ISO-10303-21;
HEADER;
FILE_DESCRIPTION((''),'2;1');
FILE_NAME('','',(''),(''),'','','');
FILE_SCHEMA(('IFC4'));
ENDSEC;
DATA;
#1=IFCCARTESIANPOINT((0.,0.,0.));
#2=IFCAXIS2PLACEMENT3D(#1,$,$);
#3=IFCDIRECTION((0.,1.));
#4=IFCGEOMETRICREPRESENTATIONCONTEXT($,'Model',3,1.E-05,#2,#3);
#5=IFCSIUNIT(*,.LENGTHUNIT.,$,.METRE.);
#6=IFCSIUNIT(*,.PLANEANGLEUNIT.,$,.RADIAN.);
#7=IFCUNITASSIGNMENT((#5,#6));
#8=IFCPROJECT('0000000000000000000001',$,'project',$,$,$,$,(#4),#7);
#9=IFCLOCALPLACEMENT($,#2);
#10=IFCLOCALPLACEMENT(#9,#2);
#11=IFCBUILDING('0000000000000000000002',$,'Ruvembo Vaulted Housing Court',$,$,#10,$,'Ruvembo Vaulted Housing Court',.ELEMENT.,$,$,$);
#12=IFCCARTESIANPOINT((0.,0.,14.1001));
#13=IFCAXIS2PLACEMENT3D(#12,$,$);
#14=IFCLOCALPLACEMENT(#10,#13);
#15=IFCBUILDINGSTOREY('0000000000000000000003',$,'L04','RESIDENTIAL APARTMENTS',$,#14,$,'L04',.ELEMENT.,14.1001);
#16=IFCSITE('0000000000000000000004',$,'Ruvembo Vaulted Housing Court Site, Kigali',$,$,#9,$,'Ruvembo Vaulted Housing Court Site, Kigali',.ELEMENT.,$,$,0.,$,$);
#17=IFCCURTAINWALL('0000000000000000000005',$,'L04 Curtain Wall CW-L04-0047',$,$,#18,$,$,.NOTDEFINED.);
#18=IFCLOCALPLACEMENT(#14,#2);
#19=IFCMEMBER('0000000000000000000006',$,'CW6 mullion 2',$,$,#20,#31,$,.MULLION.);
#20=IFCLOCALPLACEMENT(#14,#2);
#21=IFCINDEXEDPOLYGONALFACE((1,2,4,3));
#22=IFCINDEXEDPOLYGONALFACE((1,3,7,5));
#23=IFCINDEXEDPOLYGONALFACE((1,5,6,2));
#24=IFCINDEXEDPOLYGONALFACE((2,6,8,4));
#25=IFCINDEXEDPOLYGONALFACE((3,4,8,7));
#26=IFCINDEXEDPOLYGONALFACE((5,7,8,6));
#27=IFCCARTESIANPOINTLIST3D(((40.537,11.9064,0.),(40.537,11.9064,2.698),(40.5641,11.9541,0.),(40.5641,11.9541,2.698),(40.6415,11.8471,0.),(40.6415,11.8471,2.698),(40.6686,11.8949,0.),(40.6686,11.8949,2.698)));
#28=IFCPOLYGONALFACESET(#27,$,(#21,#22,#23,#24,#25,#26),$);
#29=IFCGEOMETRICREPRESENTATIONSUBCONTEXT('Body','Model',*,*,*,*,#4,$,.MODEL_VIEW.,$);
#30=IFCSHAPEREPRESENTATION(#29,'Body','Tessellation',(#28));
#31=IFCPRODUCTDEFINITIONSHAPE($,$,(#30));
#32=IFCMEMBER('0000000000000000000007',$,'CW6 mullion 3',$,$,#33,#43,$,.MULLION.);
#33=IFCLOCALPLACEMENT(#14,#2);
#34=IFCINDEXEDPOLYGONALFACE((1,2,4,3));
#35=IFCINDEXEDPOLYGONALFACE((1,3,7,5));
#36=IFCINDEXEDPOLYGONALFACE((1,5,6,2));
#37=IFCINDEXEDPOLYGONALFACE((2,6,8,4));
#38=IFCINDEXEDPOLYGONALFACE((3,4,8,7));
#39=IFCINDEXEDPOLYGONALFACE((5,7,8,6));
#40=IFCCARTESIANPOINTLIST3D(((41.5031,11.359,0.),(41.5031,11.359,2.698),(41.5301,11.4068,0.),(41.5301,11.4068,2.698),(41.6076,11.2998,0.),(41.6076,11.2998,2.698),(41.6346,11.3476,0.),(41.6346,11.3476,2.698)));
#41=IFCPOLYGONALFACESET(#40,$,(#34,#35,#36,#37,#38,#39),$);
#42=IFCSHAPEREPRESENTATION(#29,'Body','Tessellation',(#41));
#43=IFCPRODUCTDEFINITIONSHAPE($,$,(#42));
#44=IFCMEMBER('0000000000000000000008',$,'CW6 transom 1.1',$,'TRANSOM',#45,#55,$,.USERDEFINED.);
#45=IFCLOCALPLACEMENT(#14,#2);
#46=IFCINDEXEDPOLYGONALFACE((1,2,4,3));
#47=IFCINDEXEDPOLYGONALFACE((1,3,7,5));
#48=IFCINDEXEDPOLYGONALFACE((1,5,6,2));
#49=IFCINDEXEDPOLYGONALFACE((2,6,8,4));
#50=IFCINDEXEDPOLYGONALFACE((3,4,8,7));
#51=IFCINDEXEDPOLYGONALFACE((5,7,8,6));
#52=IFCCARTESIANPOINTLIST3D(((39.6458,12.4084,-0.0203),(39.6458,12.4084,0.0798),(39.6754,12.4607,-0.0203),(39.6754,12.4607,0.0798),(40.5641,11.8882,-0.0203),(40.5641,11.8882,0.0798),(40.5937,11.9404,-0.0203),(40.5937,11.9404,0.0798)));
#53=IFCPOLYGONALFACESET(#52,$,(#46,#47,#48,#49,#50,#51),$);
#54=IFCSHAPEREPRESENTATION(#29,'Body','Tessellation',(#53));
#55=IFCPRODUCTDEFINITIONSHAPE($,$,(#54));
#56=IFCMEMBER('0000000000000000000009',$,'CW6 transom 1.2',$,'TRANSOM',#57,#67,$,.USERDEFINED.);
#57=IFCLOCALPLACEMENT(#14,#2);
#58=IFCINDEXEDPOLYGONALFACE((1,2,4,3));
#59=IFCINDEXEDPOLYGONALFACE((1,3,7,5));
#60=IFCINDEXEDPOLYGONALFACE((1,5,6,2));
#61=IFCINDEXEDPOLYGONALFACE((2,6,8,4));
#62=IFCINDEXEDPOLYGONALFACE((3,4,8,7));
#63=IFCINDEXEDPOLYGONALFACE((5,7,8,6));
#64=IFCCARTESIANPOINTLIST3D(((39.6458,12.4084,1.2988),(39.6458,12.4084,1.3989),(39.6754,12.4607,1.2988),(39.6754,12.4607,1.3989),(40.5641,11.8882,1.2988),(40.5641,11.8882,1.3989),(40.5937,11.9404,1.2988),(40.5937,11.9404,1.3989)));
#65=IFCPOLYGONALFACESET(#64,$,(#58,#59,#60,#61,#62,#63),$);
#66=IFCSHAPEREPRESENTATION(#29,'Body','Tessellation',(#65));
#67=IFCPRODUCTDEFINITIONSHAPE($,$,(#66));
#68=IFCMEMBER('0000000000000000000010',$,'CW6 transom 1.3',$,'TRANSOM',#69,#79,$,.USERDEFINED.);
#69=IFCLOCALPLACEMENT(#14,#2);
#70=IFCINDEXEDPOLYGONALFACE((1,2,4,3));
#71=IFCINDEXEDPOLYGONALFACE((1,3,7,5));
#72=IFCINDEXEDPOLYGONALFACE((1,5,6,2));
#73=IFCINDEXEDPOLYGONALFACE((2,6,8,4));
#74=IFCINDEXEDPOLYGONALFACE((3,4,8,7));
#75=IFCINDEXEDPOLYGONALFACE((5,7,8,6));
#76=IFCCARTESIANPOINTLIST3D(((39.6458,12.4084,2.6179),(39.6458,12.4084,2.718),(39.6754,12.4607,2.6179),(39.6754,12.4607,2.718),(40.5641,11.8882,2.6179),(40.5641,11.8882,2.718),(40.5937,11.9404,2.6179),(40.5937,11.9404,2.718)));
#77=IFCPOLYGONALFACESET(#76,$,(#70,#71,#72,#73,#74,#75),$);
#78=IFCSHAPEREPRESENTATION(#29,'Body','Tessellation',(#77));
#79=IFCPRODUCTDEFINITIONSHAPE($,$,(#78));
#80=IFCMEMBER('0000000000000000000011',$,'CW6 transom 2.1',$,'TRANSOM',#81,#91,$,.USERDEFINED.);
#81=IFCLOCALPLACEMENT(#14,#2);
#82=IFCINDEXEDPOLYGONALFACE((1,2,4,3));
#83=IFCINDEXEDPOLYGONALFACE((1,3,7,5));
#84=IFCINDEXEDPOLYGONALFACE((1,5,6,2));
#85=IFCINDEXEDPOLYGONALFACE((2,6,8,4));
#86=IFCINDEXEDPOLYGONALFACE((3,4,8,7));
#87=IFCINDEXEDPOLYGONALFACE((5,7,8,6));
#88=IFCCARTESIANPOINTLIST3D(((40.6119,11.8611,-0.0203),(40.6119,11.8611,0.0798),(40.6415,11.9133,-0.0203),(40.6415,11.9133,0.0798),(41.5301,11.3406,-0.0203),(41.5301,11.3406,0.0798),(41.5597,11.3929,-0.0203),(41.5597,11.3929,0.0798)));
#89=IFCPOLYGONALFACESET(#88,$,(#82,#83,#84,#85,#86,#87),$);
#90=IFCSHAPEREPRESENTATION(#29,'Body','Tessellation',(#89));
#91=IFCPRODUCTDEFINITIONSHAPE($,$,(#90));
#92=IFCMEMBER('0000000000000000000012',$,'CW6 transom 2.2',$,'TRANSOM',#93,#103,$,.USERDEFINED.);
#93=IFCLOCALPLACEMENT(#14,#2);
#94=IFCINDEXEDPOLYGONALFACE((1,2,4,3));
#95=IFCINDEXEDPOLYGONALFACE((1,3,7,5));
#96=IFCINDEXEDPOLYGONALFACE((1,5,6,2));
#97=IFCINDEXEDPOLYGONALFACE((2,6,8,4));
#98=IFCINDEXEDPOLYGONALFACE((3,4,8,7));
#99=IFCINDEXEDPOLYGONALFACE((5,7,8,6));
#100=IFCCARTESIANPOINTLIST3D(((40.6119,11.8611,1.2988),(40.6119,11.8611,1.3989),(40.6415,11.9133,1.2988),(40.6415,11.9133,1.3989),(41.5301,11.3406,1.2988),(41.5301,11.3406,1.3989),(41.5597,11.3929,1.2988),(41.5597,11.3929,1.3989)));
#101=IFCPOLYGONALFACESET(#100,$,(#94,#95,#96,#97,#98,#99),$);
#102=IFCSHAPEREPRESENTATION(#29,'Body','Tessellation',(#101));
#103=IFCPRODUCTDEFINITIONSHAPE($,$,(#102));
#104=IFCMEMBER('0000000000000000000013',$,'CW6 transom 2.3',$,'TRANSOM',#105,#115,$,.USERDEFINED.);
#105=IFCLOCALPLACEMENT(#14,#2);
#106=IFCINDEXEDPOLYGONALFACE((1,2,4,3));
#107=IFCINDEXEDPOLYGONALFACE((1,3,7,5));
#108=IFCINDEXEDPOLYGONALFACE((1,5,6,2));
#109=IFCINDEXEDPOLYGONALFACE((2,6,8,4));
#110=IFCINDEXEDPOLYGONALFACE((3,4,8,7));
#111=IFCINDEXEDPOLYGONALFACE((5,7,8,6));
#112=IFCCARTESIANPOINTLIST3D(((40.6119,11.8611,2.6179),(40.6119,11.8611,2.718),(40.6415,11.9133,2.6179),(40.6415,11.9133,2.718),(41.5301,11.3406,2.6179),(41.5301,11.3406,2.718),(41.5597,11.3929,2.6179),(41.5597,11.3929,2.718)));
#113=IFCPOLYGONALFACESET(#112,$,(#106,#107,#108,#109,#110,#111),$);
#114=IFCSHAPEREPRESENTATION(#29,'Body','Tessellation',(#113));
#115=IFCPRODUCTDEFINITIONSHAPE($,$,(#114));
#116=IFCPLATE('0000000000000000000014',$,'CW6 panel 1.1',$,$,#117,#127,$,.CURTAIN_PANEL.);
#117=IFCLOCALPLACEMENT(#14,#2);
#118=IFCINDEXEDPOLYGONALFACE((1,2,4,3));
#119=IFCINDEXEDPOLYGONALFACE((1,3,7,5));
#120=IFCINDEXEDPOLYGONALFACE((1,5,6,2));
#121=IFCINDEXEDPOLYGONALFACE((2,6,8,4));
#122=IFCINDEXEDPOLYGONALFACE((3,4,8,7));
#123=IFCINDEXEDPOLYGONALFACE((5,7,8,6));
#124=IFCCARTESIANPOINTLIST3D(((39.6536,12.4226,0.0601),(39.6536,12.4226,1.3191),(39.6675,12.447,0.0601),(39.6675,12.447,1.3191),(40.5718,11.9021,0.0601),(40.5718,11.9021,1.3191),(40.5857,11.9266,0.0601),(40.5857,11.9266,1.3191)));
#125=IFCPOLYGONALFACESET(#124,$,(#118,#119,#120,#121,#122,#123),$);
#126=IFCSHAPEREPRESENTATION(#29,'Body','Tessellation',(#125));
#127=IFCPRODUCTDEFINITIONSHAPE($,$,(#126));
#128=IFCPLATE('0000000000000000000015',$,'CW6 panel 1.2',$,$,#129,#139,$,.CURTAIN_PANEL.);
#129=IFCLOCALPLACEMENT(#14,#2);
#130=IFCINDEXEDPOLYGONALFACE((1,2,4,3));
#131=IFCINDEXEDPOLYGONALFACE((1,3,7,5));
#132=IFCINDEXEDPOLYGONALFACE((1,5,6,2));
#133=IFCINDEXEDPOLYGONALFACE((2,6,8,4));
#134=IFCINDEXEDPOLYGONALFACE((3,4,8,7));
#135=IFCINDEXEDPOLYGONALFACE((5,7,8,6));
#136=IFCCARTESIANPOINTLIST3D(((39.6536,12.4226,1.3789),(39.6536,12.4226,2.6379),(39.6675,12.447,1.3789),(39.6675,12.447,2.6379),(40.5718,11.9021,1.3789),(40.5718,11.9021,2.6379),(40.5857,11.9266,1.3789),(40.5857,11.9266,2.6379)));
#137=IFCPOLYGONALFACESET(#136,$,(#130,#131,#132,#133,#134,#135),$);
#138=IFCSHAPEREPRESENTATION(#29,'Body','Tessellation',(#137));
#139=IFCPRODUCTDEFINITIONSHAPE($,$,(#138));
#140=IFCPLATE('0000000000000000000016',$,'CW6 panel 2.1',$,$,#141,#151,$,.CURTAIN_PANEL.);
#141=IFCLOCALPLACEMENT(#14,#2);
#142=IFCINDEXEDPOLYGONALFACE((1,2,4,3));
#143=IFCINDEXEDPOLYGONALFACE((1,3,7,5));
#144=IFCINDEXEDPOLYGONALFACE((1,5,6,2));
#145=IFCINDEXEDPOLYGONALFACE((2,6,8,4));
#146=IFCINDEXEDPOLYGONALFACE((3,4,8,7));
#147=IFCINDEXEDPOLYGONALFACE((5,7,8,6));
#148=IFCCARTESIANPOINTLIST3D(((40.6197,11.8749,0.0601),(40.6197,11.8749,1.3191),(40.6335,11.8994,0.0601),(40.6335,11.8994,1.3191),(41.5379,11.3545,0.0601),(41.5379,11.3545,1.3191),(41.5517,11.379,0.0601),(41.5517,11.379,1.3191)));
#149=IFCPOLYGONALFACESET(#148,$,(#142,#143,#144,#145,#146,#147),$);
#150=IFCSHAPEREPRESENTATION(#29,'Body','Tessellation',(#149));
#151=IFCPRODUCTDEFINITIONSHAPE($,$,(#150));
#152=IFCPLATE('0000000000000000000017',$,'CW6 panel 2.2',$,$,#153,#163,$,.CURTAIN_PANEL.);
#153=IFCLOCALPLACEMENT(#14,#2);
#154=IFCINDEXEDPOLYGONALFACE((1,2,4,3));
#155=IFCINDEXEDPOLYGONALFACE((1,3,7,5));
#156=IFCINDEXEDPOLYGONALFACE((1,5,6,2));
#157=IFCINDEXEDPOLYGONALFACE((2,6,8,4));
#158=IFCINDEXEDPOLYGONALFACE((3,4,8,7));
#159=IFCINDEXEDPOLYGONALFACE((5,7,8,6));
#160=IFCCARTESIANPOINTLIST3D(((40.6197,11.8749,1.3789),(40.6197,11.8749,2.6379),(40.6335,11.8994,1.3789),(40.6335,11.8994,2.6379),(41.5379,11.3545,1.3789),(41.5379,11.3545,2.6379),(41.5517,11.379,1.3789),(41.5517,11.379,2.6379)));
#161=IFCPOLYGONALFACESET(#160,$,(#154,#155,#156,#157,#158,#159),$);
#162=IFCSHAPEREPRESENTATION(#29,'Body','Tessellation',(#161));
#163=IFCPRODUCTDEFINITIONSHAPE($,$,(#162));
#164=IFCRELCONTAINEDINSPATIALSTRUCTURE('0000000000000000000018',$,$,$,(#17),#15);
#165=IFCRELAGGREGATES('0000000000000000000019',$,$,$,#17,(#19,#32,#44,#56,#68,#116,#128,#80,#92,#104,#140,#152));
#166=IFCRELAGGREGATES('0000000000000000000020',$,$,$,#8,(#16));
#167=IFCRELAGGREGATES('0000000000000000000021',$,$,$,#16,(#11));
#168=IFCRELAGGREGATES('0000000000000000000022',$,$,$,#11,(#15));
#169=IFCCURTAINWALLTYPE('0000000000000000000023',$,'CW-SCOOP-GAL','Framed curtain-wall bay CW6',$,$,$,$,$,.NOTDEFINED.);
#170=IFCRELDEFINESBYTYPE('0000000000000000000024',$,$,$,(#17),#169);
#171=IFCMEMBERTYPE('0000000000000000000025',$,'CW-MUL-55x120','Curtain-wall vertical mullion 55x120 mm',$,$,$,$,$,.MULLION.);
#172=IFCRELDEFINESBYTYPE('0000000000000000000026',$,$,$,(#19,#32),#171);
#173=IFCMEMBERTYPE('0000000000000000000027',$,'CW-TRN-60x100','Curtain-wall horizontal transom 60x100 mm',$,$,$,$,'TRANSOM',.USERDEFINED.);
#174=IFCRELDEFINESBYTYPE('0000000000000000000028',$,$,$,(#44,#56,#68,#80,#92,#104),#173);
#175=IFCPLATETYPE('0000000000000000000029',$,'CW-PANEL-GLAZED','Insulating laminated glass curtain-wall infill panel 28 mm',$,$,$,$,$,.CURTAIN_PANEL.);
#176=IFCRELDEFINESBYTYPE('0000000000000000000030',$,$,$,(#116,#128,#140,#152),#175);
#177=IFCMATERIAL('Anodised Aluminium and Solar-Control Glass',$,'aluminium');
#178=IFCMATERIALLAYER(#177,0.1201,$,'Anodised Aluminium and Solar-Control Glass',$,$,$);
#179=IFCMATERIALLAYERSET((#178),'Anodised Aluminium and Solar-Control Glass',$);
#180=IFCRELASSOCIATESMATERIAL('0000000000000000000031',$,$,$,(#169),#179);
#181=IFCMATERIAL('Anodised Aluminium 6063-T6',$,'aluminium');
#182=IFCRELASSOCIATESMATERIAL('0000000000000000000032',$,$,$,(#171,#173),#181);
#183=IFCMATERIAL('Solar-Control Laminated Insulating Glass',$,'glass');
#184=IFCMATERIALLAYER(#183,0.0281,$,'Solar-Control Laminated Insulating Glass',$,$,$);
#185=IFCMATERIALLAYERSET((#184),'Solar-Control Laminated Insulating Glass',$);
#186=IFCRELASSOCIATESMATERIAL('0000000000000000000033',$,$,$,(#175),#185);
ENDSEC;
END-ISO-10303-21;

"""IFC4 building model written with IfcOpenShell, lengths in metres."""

from ifc_helpers import new_model, si_unit, direction, frame, origin, origin_2d, place, context, subcontext, project, spatial, rectangle, extrude, material, layer, layer_set, material_profile, profile_set, type_object, element, aggregate, save


model = new_model("IFC4")

# Units and contexts
model_context = context("Model", 3, precision=1e-05, world=origin(), true_north=direction((0.0, 1.0)))
body_context = subcontext(model_context, "Body", "Model", "MODEL_VIEW")
ifc_project = project(units=[si_unit("LENGTHUNIT", "METRE"), si_unit("PLANEANGLEUNIT", "RADIAN")], contexts=[model_context])

# Site, building, storey
site_placement = place(None, origin())
site = spatial("IfcSite", under=ifc_project, at=site_placement, Name="Ruvembo Vaulted Housing Court Site, Kigali", LongName="Ruvembo Vaulted Housing Court Site, Kigali", CompositionType="ELEMENT", RefElevation=0.0)
building_placement = place(site_placement, origin())
building = spatial("IfcBuilding", under=site, at=building_placement, Name="Ruvembo Vaulted Housing Court", LongName="Ruvembo Vaulted Housing Court", CompositionType="ELEMENT")
storey_placement = place(building_placement, frame((0.0, 0.0, 14.1001)))
storey = spatial("IfcBuildingStorey", under=building, at=storey_placement, Name="L04", Description="RESIDENTIAL APARTMENTS", LongName="L04", CompositionType="ELEMENT", Elevation=14.1001)

# Curtain wall, members, plates
ifc_material_1 = material(Name="Anodised Aluminium and Solar-Control Glass", Category="aluminium")
ifc_layer_1 = layer(ifc_material_1, 0.1201, Name="Anodised Aluminium and Solar-Control Glass")
ifc_layer_set_1 = layer_set([ifc_layer_1], Name="Anodised Aluminium and Solar-Control Glass")
curtain_wall_type = type_object("IfcCurtainWallType", Name="CW-SCOOP-GAL", Description="Framed curtain-wall bay CW6", PredefinedType="NOTDEFINED", material=ifc_layer_set_1)
curtain_wall_placement = place(storey_placement, origin())
curtain_wall = element("IfcCurtainWall", 1, at=curtain_wall_placement, inside=storey, type_object=curtain_wall_type, Name="L04 Curtain Wall CW-L04-0047", PredefinedType="NOTDEFINED")
ifc_material_2 = material(Name="Anodised Aluminium 6063-T6", Category="aluminium")
ifc_material_profile_1 = material_profile(ifc_material_2, rectangle(XDim=0.0549, YDim=0.1201, at=origin_2d()), Name="ALU 55x120")
ifc_profile_set_1 = profile_set([ifc_material_profile_1], Name="Anodised Aluminium 6063-T6")
member_type_1 = type_object("IfcMemberType", Name="CW-MUL-55x120", Description="Curtain-wall vertical mullion 55x120 mm", PredefinedType="MULLION", material=ifc_profile_set_1)
member_1_placement = place(storey_placement, frame((40.6028, 11.9006, 0.0), z_axis=(0.0, 0.0, 1.0), x_axis=(0.493079, 0.869984, 0.0)))
member_1 = element("IfcMember", 2, at=member_1_placement, type_object=member_type_1, Name="CW6 mullion 2", PredefinedType="MULLION", context=body_context, shape_type="SweptSolid", body=[
    extrude(rectangle(XDim=0.0549, YDim=0.1201, at=origin_2d()), origin(), (0.0, 0.0, 1.0), 2.698),
])
member_2_placement = place(storey_placement, frame((41.5688, 11.3533, 0.0), z_axis=(0.0, 0.0, 1.0), x_axis=(0.493079, 0.869984, 0.0)))
member_2 = element("IfcMember", 3, at=member_2_placement, type_object=member_type_1, Name="CW6 mullion 3", PredefinedType="MULLION", context=body_context, shape_type="SweptSolid", body=[
    extrude(rectangle(XDim=0.0549, YDim=0.1201, at=origin_2d()), origin(), (0.0, 0.0, 1.0), 2.698),
])
ifc_material_profile_2 = material_profile(ifc_material_2, rectangle(XDim=0.0601, YDim=0.1001, at=origin_2d()), Name="ALU 60x100")
ifc_profile_set_2 = profile_set([ifc_material_profile_2], Name="Anodised Aluminium 6063-T6")
member_type_2 = type_object("IfcMemberType", Name="CW-TRN-60x100", Description="Curtain-wall horizontal transom 60x100 mm", ElementType="TRANSOM", PredefinedType="USERDEFINED", material=ifc_profile_set_2)
member_3_placement = place(storey_placement, frame((39.6606, 12.4346, 0.0298), z_axis=(0.870045, -0.492972, 0.0), x_axis=(0.492972, 0.870045, 0.0)))
member_3 = element("IfcMember", 4, at=member_3_placement, type_object=member_type_2, Name="CW6 transom 1.1", ObjectType="TRANSOM", PredefinedType="USERDEFINED", context=body_context, shape_type="SweptSolid", body=[
    extrude(rectangle(XDim=0.0601, YDim=0.1001, at=origin_2d()), origin(), (0.0, 0.0, 1.0), 1.0554),
])
member_4_placement = place(storey_placement, frame((39.6606, 12.4346, 1.3489), z_axis=(0.870045, -0.492972, 0.0), x_axis=(0.492972, 0.870045, 0.0)))
member_4 = element("IfcMember", 5, at=member_4_placement, type_object=member_type_2, Name="CW6 transom 1.2", ObjectType="TRANSOM", PredefinedType="USERDEFINED", context=body_context, shape_type="SweptSolid", body=[
    extrude(rectangle(XDim=0.0601, YDim=0.1001, at=origin_2d()), origin(), (0.0, 0.0, 1.0), 1.0554),
])
member_5_placement = place(storey_placement, frame((39.6606, 12.4346, 2.668), z_axis=(0.870045, -0.492972, 0.0), x_axis=(0.492972, 0.870045, 0.0)))
member_5 = element("IfcMember", 6, at=member_5_placement, type_object=member_type_2, Name="CW6 transom 1.3", ObjectType="TRANSOM", PredefinedType="USERDEFINED", context=body_context, shape_type="SweptSolid", body=[
    extrude(rectangle(XDim=0.0601, YDim=0.1001, at=origin_2d()), origin(), (0.0, 0.0, 1.0), 1.0554),
])
member_6_placement = place(storey_placement, frame((40.6267, 11.8872, 0.0298), z_axis=(0.869946, -0.493147, 0.0), x_axis=(0.493147, 0.869946, 0.0)))
member_6 = element("IfcMember", 7, at=member_6_placement, type_object=member_type_2, Name="CW6 transom 2.1", ObjectType="TRANSOM", PredefinedType="USERDEFINED", context=body_context, shape_type="SweptSolid", body=[
    extrude(rectangle(XDim=0.0601, YDim=0.1001, at=origin_2d()), origin(), (0.0, 0.0, 1.0), 1.0554),
])
member_7_placement = place(storey_placement, frame((40.6267, 11.8872, 1.3489), z_axis=(0.869946, -0.493147, 0.0), x_axis=(0.493147, 0.869946, 0.0)))
member_7 = element("IfcMember", 8, at=member_7_placement, type_object=member_type_2, Name="CW6 transom 2.2", ObjectType="TRANSOM", PredefinedType="USERDEFINED", context=body_context, shape_type="SweptSolid", body=[
    extrude(rectangle(XDim=0.0601, YDim=0.1001, at=origin_2d()), origin(), (0.0, 0.0, 1.0), 1.0554),
])
member_8_placement = place(storey_placement, frame((40.6267, 11.8872, 2.668), z_axis=(0.869946, -0.493147, 0.0), x_axis=(0.493147, 0.869946, 0.0)))
member_8 = element("IfcMember", 9, at=member_8_placement, type_object=member_type_2, Name="CW6 transom 2.3", ObjectType="TRANSOM", PredefinedType="USERDEFINED", context=body_context, shape_type="SweptSolid", body=[
    extrude(rectangle(XDim=0.0601, YDim=0.1001, at=origin_2d()), origin(), (0.0, 0.0, 1.0), 1.0554),
])
ifc_material_3 = material(Name="Solar-Control Laminated Insulating Glass", Category="glass")
ifc_layer_2 = layer(ifc_material_3, 0.0281, Name="Solar-Control Laminated Insulating Glass")
ifc_layer_set_2 = layer_set([ifc_layer_2], Name="Solar-Control Laminated Insulating Glass")
plate_type = type_object("IfcPlateType", Name="CW-PANEL-GLAZED", Description="Insulating laminated glass curtain-wall infill panel 28 mm", PredefinedType="CURTAIN_PANEL", material=ifc_layer_set_2)
plate_1_placement = place(storey_placement, frame((40.1196, 12.1746, 0.0601), z_axis=(0.0, 0.0, 1.0), x_axis=(0.869984, -0.493079, 0.0)))
plate_1 = element("IfcPlate", 10, at=plate_1_placement, type_object=plate_type, Name="CW6 panel 1.1", PredefinedType="CURTAIN_PANEL", context=body_context, shape_type="SweptSolid", body=[
    extrude(rectangle(XDim=1.0554, YDim=0.0281, at=origin_2d()), origin(), (0.0, 0.0, 1.0), 1.259),
])
plate_2_placement = place(storey_placement, frame((40.1196, 12.1746, 1.3789), z_axis=(0.0, 0.0, 1.0), x_axis=(0.869984, -0.493079, 0.0)))
plate_2 = element("IfcPlate", 11, at=plate_2_placement, type_object=plate_type, Name="CW6 panel 1.2", PredefinedType="CURTAIN_PANEL", context=body_context, shape_type="SweptSolid", body=[
    extrude(rectangle(XDim=1.0554, YDim=0.0281, at=origin_2d()), origin(), (0.0, 0.0, 1.0), 1.259),
])
plate_3_placement = place(storey_placement, frame((41.0857, 11.627, 0.0601), z_axis=(0.0, 0.0, 1.0), x_axis=(0.869984, -0.493079, 0.0)))
plate_3 = element("IfcPlate", 12, at=plate_3_placement, type_object=plate_type, Name="CW6 panel 2.1", PredefinedType="CURTAIN_PANEL", context=body_context, shape_type="SweptSolid", body=[
    extrude(rectangle(XDim=1.0554, YDim=0.0281, at=origin_2d()), origin(), (0.0, 0.0, 1.0), 1.259),
])
plate_4_placement = place(storey_placement, frame((41.0857, 11.627, 1.3789), z_axis=(0.0, 0.0, 1.0), x_axis=(0.869984, -0.493079, 0.0)))
plate_4 = element("IfcPlate", 13, at=plate_4_placement, type_object=plate_type, Name="CW6 panel 2.2", PredefinedType="CURTAIN_PANEL", context=body_context, shape_type="SweptSolid", body=[
    extrude(rectangle(XDim=1.0554, YDim=0.0281, at=origin_2d()), origin(), (0.0, 0.0, 1.0), 1.259),
])
aggregate(curtain_wall, [member_1, member_2, member_3, member_4, member_5, plate_1, plate_2, member_6, member_7, member_8, plate_3, plate_4])

save(model, "model.ifc")
